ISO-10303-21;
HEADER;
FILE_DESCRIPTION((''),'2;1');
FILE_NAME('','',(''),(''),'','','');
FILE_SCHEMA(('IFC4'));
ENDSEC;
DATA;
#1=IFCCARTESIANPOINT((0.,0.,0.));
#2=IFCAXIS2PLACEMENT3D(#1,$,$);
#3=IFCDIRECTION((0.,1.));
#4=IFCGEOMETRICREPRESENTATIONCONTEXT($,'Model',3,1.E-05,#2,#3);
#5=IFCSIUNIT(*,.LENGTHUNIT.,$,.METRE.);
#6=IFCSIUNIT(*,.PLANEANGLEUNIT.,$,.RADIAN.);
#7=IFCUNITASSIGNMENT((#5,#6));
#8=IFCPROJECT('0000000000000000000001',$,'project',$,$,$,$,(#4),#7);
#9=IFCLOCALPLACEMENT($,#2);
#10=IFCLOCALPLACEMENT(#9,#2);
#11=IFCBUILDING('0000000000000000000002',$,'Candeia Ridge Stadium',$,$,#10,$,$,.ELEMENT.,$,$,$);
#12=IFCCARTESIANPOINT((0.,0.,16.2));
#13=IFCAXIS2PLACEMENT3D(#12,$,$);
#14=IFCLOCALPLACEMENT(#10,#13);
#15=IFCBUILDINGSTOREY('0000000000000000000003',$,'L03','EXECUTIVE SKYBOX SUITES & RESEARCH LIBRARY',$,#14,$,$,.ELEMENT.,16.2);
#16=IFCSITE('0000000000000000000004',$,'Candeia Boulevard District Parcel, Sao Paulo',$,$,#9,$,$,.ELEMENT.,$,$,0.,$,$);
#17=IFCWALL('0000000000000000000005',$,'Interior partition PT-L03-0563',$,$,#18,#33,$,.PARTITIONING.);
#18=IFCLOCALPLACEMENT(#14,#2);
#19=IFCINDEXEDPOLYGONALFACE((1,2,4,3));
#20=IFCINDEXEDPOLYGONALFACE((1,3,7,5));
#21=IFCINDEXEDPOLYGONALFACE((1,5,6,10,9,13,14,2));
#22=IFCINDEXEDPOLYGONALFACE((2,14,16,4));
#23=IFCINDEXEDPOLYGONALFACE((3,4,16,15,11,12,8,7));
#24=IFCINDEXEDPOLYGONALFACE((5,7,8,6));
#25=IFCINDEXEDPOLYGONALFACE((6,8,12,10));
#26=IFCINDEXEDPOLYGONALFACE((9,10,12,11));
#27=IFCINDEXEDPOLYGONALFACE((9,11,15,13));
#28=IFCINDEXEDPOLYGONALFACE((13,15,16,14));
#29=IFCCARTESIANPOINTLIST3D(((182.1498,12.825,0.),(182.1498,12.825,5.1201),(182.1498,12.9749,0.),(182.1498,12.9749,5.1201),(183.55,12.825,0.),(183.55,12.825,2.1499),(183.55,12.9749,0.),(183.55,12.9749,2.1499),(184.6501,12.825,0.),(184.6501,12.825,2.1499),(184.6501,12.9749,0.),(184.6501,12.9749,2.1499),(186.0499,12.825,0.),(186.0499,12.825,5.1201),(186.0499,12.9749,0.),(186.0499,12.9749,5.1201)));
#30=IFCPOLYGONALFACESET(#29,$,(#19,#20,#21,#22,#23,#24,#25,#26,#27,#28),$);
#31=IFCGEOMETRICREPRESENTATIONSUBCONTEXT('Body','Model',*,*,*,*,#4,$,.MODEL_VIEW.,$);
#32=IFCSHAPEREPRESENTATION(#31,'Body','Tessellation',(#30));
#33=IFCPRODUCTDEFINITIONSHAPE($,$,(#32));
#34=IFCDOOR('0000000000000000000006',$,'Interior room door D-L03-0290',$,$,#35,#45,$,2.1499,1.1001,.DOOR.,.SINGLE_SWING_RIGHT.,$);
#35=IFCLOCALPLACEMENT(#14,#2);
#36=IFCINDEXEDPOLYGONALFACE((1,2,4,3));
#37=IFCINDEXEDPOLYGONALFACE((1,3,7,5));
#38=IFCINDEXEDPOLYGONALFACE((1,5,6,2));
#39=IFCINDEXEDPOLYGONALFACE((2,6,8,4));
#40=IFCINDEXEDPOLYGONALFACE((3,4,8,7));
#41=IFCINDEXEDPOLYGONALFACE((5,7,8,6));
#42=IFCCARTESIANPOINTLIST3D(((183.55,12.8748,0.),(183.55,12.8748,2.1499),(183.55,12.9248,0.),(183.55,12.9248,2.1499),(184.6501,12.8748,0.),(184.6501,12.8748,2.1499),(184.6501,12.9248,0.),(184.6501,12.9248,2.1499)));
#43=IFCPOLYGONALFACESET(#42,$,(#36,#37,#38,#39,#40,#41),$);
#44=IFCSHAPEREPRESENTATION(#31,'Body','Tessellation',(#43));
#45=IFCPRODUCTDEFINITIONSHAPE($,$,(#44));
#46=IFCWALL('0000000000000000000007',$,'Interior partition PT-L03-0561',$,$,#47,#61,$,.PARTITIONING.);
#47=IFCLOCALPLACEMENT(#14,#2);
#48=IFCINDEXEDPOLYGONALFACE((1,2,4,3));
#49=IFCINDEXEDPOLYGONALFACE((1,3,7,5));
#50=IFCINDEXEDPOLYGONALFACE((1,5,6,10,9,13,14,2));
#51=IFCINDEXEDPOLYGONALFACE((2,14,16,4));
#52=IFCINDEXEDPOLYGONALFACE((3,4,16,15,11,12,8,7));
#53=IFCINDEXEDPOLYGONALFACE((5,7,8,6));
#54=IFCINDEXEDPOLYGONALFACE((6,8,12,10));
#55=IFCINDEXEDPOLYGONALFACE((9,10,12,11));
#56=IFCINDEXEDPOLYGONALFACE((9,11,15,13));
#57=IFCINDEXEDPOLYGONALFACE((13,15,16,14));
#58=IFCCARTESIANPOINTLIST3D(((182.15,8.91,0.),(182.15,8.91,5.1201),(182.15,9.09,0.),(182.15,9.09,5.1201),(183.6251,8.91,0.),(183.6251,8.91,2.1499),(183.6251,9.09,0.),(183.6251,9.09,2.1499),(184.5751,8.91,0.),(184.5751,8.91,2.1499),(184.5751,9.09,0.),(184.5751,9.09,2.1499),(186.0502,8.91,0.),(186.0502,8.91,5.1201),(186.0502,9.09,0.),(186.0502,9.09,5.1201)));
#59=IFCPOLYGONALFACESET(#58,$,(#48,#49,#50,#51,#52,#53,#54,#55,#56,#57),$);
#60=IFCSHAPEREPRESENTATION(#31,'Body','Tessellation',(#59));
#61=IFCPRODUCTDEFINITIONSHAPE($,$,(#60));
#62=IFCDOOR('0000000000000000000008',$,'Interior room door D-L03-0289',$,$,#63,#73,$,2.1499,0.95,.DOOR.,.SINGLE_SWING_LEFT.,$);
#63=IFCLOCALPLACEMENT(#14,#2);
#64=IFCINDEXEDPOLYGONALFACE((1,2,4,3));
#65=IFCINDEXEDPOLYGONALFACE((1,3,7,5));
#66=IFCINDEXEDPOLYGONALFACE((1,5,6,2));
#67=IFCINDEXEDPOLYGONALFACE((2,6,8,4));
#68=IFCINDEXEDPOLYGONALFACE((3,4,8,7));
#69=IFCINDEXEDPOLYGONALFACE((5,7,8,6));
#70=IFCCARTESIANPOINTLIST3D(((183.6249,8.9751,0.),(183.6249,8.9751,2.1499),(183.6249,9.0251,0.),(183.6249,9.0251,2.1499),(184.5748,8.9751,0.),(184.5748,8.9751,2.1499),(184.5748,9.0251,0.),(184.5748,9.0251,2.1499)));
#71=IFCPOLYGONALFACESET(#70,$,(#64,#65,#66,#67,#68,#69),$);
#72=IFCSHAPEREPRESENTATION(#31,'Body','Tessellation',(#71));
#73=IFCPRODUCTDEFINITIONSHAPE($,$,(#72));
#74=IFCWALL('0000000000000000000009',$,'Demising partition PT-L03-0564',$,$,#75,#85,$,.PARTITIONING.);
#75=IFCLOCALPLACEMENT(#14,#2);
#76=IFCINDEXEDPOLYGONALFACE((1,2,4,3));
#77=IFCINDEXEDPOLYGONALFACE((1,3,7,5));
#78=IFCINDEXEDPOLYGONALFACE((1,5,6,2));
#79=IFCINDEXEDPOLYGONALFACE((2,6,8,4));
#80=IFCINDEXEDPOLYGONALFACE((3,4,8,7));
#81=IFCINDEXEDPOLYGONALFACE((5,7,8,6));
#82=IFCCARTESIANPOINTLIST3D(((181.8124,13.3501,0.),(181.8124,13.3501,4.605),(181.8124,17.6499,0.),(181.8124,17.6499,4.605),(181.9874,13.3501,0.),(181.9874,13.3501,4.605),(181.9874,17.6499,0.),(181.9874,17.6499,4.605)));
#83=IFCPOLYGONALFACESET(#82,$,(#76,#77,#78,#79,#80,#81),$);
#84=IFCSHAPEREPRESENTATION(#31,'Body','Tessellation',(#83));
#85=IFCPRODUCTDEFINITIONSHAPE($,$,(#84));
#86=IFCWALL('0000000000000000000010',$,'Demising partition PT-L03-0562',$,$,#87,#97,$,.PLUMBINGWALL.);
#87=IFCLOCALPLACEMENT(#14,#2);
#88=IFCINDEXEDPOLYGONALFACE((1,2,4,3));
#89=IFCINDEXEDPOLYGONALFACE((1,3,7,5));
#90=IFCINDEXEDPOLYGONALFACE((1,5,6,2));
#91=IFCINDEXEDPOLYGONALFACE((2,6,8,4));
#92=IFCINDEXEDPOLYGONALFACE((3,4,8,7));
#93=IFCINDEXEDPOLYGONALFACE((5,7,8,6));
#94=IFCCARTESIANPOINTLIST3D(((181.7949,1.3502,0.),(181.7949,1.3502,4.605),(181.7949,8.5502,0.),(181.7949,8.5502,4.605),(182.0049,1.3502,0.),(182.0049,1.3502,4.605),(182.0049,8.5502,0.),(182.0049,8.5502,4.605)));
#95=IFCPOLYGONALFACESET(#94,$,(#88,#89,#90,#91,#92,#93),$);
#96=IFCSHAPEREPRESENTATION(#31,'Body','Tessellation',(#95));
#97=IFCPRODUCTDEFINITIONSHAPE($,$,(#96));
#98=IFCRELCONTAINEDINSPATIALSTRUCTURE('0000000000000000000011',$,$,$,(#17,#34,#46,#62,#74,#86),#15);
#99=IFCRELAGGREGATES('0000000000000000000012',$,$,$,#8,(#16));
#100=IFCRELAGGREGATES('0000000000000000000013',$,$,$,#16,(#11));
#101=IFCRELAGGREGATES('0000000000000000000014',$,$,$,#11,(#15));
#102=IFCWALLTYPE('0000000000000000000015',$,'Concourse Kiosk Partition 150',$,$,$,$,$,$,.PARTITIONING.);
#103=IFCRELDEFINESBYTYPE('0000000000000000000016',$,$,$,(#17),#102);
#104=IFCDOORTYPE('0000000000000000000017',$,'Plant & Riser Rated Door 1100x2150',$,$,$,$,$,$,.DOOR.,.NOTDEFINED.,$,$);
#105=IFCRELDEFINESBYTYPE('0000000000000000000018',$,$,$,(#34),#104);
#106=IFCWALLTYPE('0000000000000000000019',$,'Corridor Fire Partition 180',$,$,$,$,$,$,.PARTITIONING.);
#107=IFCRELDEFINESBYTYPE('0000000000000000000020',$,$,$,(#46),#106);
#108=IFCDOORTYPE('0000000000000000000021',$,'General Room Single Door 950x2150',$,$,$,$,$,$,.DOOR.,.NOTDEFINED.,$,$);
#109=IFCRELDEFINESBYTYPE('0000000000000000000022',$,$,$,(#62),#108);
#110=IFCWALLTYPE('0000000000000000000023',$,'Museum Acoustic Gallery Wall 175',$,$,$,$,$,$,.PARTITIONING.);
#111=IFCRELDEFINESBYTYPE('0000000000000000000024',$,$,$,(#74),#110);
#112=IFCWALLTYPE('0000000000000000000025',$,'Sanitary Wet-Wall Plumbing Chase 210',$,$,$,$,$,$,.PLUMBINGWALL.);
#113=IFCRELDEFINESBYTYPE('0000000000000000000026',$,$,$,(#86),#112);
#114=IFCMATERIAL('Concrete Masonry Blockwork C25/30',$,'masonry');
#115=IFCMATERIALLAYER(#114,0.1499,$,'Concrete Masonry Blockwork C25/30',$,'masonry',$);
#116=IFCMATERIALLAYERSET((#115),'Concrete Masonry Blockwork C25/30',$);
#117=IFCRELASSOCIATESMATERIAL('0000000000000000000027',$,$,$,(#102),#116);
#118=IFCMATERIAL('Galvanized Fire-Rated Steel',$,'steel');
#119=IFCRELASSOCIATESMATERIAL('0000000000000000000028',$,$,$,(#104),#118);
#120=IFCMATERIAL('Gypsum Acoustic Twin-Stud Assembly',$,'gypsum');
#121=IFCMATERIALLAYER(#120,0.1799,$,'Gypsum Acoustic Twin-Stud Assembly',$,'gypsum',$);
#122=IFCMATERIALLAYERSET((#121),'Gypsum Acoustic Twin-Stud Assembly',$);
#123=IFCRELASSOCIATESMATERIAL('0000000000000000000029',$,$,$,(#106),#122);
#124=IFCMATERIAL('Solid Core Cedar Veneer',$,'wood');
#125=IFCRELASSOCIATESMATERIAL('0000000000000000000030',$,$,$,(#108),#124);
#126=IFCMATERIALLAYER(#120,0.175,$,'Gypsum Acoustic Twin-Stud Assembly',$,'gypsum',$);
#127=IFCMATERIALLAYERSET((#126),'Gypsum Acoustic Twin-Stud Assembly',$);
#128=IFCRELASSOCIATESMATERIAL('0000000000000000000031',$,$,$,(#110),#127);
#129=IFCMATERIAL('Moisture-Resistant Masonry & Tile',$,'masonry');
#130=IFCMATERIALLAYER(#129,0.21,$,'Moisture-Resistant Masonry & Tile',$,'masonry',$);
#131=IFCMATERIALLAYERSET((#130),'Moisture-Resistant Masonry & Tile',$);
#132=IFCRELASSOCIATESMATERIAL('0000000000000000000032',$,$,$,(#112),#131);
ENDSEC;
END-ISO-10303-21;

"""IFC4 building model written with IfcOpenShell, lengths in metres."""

from ifc_helpers import new_model, si_unit, direction, frame, frame_2d, origin, place, context, subcontext, project, spatial, rectangle, extrude, material, layer, layer_set, type_object, element, fill, save


model = new_model("IFC4")

# Units and contexts
model_context = context("Model", 3, precision=1e-05, world=origin(), true_north=direction((0.0, 1.0)))
body_context = subcontext(model_context, "Body", "Model", "MODEL_VIEW")
ifc_project = project(units=[si_unit("LENGTHUNIT", "METRE"), si_unit("PLANEANGLEUNIT", "RADIAN")], contexts=[model_context])

# Site, building, storey
site_placement = place(None, origin())
site = spatial("IfcSite", under=ifc_project, at=site_placement, Name="Candeia Boulevard District Parcel, Sao Paulo", CompositionType="ELEMENT", RefElevation=0.0)
building_placement = place(site_placement, origin())
building = spatial("IfcBuilding", under=site, at=building_placement, Name="Candeia Ridge Stadium", CompositionType="ELEMENT")
storey_placement = place(building_placement, frame((0.0, 0.0, 16.2)))
storey = spatial("IfcBuildingStorey", under=building, at=storey_placement, Name="L03", Description="EXECUTIVE SKYBOX SUITES & RESEARCH LIBRARY", CompositionType="ELEMENT", Elevation=16.2)

# Walls, openings, doors
ifc_material_1 = material(Name="Concrete Masonry Blockwork C25/30", Category="masonry")
ifc_layer_1 = layer(ifc_material_1, 0.1499, Name="Concrete Masonry Blockwork C25/30", Category="masonry")
ifc_layer_set_1 = layer_set([ifc_layer_1], Name="Concrete Masonry Blockwork C25/30")
wall_type_1 = type_object("IfcWallType", Name="Concourse Kiosk Partition 150", PredefinedType="PARTITIONING", material=ifc_layer_set_1)
wall_1_placement = place(storey_placement, frame((186.05, 12.8999, 0.0), z_axis=(0.0, 0.0, 1.0), x_axis=(-1.0, 0.0, 0.0)))
wall_1 = element("IfcWall", 1, at=wall_1_placement, inside=storey, type_object=wall_type_1, Name="Interior partition PT-L03-0563", PredefinedType="PARTITIONING", context=body_context, shape_type="SweptSolid", body=[
    extrude(rectangle(XDim=3.9001, YDim=0.1499, at=frame_2d((1.9502, 0.0))), origin(), (0.0, 0.0, 1.0), 5.1201),
])
opening_1_placement = place(wall_1_placement, frame((1.3999, 0.0, 0.0)))
opening_1 = element("IfcOpeningElement", 2, at=opening_1_placement, cuts=wall_1, PredefinedType="OPENING", context=body_context, shape_type="SweptSolid", body=[
    extrude(rectangle(XDim=1.1001, YDim=2.1499, at=frame_2d((0.55, 1.075))), frame((0.0, 0.085, 0.0), z_axis=(0.0, -1.0, 0.0), x_axis=(1.0, 0.0, 0.0)), (0.0, 0.0, 1.0), 0.1699),
])
ifc_material_2 = material(Name="Galvanized Fire-Rated Steel", Category="steel")
door_type_1 = type_object("IfcDoorType", Name="Plant & Riser Rated Door 1100x2150", OperationType="NOTDEFINED", PredefinedType="DOOR", material=ifc_material_2)
door_1_placement = place(opening_1_placement, frame((1.1001, 0.0, 0.0), z_axis=(0.0, 0.0, 1.0), x_axis=(-1.0, 0.0, 0.0)))
door_1 = element("IfcDoor", 3, at=door_1_placement, inside=storey, type_object=door_type_1, Name="Interior room door D-L03-0290", OperationType="SINGLE_SWING_RIGHT", OverallHeight=2.1499, OverallWidth=1.1001, PredefinedType="DOOR", context=body_context, shape_type="SweptSolid", body=[
    extrude(rectangle(XDim=1.1001, YDim=2.1499, at=frame_2d((0.55, 1.075))), frame((0.0, 0.0249, 0.0), z_axis=(0.0, -1.0, 0.0), x_axis=(1.0, 0.0, 0.0)), (0.0, 0.0, 1.0), 0.05),
])
fill(opening_1, door_1)
ifc_material_3 = material(Name="Gypsum Acoustic Twin-Stud Assembly", Category="gypsum")
ifc_layer_2 = layer(ifc_material_3, 0.1799, Name="Gypsum Acoustic Twin-Stud Assembly", Category="gypsum")
ifc_layer_set_2 = layer_set([ifc_layer_2], Name="Gypsum Acoustic Twin-Stud Assembly")
wall_type_2 = type_object("IfcWallType", Name="Corridor Fire Partition 180", PredefinedType="PARTITIONING", material=ifc_layer_set_2)
wall_2_placement = place(storey_placement, frame((182.1499, 9.0, 0.0), z_axis=(0.0, 0.0, 1.0), x_axis=(1.0, 0.0, 0.0)))
wall_2 = element("IfcWall", 4, at=wall_2_placement, inside=storey, type_object=wall_type_2, Name="Interior partition PT-L03-0561", PredefinedType="PARTITIONING", context=body_context, shape_type="SweptSolid", body=[
    extrude(rectangle(XDim=3.9001, YDim=0.1799, at=frame_2d((1.9502, 0.0))), origin(), (0.0, 0.0, 1.0), 5.1201),
])
opening_2_placement = place(wall_2_placement, frame((1.4751, 0.0, 0.0)))
opening_2 = element("IfcOpeningElement", 5, at=opening_2_placement, cuts=wall_2, PredefinedType="OPENING", context=body_context, shape_type="SweptSolid", body=[
    extrude(rectangle(XDim=0.95, YDim=2.1499, at=frame_2d((0.4751, 1.075))), frame((0.0, 0.0999, 0.0), z_axis=(0.0, -1.0, 0.0), x_axis=(1.0, 0.0, 0.0)), (0.0, 0.0, 1.0), 0.2),
])
ifc_material_4 = material(Name="Solid Core Cedar Veneer", Category="wood")
door_type_2 = type_object("IfcDoorType", Name="General Room Single Door 950x2150", OperationType="NOTDEFINED", PredefinedType="DOOR", material=ifc_material_4)
door_2_placement = place(opening_2_placement, frame((0.95, 0.0, 0.0), z_axis=(0.0, 0.0, 1.0), x_axis=(-1.0, 0.0, 0.0)))
door_2 = element("IfcDoor", 6, at=door_2_placement, inside=storey, type_object=door_type_2, Name="Interior room door D-L03-0289", OperationType="SINGLE_SWING_LEFT", OverallHeight=2.1499, OverallWidth=0.95, PredefinedType="DOOR", context=body_context, shape_type="SweptSolid", body=[
    extrude(rectangle(XDim=0.95, YDim=2.1499, at=frame_2d((0.4751, 1.075))), frame((0.0, 0.0249, 0.0), z_axis=(0.0, -1.0, 0.0), x_axis=(1.0, 0.0, 0.0)), (0.0, 0.0, 1.0), 0.05),
])
fill(opening_2, door_2)

# Walls
ifc_layer_3 = layer(ifc_material_3, 0.175, Name="Gypsum Acoustic Twin-Stud Assembly", Category="gypsum")
ifc_layer_set_3 = layer_set([ifc_layer_3], Name="Gypsum Acoustic Twin-Stud Assembly")
wall_type_3 = type_object("IfcWallType", Name="Museum Acoustic Gallery Wall 175", PredefinedType="PARTITIONING", material=ifc_layer_set_3)
wall_3_placement = place(storey_placement, frame((181.8999, 13.3501, 0.0), z_axis=(0.0, 0.0, 1.0), x_axis=(0.0, 1.0, 0.0)))
element("IfcWall", 7, at=wall_3_placement, inside=storey, type_object=wall_type_3, Name="Demising partition PT-L03-0564", PredefinedType="PARTITIONING", context=body_context, shape_type="SweptSolid", body=[
    extrude(rectangle(XDim=4.2998, YDim=0.175, at=frame_2d((2.1499, 0.0))), origin(), (0.0, 0.0, 1.0), 4.605),
])
ifc_material_5 = material(Name="Moisture-Resistant Masonry & Tile", Category="masonry")
ifc_layer_4 = layer(ifc_material_5, 0.21, Name="Moisture-Resistant Masonry & Tile", Category="masonry")
ifc_layer_set_4 = layer_set([ifc_layer_4], Name="Moisture-Resistant Masonry & Tile")
wall_type_4 = type_object("IfcWallType", Name="Sanitary Wet-Wall Plumbing Chase 210", PredefinedType="PLUMBINGWALL", material=ifc_layer_set_4)
wall_4_placement = place(storey_placement, frame((181.8999, 1.3501, 0.0), z_axis=(0.0, 0.0, 1.0), x_axis=(0.0, 1.0, 0.0)))
element("IfcWall", 8, at=wall_4_placement, inside=storey, type_object=wall_type_4, Name="Demising partition PT-L03-0562", PredefinedType="PLUMBINGWALL", context=body_context, shape_type="SweptSolid", body=[
    extrude(rectangle(XDim=7.2, YDim=0.21, at=frame_2d((3.6001, 0.0))), origin(), (0.0, 0.0, 1.0), 4.605),
])

save(model, "model.ifc")
